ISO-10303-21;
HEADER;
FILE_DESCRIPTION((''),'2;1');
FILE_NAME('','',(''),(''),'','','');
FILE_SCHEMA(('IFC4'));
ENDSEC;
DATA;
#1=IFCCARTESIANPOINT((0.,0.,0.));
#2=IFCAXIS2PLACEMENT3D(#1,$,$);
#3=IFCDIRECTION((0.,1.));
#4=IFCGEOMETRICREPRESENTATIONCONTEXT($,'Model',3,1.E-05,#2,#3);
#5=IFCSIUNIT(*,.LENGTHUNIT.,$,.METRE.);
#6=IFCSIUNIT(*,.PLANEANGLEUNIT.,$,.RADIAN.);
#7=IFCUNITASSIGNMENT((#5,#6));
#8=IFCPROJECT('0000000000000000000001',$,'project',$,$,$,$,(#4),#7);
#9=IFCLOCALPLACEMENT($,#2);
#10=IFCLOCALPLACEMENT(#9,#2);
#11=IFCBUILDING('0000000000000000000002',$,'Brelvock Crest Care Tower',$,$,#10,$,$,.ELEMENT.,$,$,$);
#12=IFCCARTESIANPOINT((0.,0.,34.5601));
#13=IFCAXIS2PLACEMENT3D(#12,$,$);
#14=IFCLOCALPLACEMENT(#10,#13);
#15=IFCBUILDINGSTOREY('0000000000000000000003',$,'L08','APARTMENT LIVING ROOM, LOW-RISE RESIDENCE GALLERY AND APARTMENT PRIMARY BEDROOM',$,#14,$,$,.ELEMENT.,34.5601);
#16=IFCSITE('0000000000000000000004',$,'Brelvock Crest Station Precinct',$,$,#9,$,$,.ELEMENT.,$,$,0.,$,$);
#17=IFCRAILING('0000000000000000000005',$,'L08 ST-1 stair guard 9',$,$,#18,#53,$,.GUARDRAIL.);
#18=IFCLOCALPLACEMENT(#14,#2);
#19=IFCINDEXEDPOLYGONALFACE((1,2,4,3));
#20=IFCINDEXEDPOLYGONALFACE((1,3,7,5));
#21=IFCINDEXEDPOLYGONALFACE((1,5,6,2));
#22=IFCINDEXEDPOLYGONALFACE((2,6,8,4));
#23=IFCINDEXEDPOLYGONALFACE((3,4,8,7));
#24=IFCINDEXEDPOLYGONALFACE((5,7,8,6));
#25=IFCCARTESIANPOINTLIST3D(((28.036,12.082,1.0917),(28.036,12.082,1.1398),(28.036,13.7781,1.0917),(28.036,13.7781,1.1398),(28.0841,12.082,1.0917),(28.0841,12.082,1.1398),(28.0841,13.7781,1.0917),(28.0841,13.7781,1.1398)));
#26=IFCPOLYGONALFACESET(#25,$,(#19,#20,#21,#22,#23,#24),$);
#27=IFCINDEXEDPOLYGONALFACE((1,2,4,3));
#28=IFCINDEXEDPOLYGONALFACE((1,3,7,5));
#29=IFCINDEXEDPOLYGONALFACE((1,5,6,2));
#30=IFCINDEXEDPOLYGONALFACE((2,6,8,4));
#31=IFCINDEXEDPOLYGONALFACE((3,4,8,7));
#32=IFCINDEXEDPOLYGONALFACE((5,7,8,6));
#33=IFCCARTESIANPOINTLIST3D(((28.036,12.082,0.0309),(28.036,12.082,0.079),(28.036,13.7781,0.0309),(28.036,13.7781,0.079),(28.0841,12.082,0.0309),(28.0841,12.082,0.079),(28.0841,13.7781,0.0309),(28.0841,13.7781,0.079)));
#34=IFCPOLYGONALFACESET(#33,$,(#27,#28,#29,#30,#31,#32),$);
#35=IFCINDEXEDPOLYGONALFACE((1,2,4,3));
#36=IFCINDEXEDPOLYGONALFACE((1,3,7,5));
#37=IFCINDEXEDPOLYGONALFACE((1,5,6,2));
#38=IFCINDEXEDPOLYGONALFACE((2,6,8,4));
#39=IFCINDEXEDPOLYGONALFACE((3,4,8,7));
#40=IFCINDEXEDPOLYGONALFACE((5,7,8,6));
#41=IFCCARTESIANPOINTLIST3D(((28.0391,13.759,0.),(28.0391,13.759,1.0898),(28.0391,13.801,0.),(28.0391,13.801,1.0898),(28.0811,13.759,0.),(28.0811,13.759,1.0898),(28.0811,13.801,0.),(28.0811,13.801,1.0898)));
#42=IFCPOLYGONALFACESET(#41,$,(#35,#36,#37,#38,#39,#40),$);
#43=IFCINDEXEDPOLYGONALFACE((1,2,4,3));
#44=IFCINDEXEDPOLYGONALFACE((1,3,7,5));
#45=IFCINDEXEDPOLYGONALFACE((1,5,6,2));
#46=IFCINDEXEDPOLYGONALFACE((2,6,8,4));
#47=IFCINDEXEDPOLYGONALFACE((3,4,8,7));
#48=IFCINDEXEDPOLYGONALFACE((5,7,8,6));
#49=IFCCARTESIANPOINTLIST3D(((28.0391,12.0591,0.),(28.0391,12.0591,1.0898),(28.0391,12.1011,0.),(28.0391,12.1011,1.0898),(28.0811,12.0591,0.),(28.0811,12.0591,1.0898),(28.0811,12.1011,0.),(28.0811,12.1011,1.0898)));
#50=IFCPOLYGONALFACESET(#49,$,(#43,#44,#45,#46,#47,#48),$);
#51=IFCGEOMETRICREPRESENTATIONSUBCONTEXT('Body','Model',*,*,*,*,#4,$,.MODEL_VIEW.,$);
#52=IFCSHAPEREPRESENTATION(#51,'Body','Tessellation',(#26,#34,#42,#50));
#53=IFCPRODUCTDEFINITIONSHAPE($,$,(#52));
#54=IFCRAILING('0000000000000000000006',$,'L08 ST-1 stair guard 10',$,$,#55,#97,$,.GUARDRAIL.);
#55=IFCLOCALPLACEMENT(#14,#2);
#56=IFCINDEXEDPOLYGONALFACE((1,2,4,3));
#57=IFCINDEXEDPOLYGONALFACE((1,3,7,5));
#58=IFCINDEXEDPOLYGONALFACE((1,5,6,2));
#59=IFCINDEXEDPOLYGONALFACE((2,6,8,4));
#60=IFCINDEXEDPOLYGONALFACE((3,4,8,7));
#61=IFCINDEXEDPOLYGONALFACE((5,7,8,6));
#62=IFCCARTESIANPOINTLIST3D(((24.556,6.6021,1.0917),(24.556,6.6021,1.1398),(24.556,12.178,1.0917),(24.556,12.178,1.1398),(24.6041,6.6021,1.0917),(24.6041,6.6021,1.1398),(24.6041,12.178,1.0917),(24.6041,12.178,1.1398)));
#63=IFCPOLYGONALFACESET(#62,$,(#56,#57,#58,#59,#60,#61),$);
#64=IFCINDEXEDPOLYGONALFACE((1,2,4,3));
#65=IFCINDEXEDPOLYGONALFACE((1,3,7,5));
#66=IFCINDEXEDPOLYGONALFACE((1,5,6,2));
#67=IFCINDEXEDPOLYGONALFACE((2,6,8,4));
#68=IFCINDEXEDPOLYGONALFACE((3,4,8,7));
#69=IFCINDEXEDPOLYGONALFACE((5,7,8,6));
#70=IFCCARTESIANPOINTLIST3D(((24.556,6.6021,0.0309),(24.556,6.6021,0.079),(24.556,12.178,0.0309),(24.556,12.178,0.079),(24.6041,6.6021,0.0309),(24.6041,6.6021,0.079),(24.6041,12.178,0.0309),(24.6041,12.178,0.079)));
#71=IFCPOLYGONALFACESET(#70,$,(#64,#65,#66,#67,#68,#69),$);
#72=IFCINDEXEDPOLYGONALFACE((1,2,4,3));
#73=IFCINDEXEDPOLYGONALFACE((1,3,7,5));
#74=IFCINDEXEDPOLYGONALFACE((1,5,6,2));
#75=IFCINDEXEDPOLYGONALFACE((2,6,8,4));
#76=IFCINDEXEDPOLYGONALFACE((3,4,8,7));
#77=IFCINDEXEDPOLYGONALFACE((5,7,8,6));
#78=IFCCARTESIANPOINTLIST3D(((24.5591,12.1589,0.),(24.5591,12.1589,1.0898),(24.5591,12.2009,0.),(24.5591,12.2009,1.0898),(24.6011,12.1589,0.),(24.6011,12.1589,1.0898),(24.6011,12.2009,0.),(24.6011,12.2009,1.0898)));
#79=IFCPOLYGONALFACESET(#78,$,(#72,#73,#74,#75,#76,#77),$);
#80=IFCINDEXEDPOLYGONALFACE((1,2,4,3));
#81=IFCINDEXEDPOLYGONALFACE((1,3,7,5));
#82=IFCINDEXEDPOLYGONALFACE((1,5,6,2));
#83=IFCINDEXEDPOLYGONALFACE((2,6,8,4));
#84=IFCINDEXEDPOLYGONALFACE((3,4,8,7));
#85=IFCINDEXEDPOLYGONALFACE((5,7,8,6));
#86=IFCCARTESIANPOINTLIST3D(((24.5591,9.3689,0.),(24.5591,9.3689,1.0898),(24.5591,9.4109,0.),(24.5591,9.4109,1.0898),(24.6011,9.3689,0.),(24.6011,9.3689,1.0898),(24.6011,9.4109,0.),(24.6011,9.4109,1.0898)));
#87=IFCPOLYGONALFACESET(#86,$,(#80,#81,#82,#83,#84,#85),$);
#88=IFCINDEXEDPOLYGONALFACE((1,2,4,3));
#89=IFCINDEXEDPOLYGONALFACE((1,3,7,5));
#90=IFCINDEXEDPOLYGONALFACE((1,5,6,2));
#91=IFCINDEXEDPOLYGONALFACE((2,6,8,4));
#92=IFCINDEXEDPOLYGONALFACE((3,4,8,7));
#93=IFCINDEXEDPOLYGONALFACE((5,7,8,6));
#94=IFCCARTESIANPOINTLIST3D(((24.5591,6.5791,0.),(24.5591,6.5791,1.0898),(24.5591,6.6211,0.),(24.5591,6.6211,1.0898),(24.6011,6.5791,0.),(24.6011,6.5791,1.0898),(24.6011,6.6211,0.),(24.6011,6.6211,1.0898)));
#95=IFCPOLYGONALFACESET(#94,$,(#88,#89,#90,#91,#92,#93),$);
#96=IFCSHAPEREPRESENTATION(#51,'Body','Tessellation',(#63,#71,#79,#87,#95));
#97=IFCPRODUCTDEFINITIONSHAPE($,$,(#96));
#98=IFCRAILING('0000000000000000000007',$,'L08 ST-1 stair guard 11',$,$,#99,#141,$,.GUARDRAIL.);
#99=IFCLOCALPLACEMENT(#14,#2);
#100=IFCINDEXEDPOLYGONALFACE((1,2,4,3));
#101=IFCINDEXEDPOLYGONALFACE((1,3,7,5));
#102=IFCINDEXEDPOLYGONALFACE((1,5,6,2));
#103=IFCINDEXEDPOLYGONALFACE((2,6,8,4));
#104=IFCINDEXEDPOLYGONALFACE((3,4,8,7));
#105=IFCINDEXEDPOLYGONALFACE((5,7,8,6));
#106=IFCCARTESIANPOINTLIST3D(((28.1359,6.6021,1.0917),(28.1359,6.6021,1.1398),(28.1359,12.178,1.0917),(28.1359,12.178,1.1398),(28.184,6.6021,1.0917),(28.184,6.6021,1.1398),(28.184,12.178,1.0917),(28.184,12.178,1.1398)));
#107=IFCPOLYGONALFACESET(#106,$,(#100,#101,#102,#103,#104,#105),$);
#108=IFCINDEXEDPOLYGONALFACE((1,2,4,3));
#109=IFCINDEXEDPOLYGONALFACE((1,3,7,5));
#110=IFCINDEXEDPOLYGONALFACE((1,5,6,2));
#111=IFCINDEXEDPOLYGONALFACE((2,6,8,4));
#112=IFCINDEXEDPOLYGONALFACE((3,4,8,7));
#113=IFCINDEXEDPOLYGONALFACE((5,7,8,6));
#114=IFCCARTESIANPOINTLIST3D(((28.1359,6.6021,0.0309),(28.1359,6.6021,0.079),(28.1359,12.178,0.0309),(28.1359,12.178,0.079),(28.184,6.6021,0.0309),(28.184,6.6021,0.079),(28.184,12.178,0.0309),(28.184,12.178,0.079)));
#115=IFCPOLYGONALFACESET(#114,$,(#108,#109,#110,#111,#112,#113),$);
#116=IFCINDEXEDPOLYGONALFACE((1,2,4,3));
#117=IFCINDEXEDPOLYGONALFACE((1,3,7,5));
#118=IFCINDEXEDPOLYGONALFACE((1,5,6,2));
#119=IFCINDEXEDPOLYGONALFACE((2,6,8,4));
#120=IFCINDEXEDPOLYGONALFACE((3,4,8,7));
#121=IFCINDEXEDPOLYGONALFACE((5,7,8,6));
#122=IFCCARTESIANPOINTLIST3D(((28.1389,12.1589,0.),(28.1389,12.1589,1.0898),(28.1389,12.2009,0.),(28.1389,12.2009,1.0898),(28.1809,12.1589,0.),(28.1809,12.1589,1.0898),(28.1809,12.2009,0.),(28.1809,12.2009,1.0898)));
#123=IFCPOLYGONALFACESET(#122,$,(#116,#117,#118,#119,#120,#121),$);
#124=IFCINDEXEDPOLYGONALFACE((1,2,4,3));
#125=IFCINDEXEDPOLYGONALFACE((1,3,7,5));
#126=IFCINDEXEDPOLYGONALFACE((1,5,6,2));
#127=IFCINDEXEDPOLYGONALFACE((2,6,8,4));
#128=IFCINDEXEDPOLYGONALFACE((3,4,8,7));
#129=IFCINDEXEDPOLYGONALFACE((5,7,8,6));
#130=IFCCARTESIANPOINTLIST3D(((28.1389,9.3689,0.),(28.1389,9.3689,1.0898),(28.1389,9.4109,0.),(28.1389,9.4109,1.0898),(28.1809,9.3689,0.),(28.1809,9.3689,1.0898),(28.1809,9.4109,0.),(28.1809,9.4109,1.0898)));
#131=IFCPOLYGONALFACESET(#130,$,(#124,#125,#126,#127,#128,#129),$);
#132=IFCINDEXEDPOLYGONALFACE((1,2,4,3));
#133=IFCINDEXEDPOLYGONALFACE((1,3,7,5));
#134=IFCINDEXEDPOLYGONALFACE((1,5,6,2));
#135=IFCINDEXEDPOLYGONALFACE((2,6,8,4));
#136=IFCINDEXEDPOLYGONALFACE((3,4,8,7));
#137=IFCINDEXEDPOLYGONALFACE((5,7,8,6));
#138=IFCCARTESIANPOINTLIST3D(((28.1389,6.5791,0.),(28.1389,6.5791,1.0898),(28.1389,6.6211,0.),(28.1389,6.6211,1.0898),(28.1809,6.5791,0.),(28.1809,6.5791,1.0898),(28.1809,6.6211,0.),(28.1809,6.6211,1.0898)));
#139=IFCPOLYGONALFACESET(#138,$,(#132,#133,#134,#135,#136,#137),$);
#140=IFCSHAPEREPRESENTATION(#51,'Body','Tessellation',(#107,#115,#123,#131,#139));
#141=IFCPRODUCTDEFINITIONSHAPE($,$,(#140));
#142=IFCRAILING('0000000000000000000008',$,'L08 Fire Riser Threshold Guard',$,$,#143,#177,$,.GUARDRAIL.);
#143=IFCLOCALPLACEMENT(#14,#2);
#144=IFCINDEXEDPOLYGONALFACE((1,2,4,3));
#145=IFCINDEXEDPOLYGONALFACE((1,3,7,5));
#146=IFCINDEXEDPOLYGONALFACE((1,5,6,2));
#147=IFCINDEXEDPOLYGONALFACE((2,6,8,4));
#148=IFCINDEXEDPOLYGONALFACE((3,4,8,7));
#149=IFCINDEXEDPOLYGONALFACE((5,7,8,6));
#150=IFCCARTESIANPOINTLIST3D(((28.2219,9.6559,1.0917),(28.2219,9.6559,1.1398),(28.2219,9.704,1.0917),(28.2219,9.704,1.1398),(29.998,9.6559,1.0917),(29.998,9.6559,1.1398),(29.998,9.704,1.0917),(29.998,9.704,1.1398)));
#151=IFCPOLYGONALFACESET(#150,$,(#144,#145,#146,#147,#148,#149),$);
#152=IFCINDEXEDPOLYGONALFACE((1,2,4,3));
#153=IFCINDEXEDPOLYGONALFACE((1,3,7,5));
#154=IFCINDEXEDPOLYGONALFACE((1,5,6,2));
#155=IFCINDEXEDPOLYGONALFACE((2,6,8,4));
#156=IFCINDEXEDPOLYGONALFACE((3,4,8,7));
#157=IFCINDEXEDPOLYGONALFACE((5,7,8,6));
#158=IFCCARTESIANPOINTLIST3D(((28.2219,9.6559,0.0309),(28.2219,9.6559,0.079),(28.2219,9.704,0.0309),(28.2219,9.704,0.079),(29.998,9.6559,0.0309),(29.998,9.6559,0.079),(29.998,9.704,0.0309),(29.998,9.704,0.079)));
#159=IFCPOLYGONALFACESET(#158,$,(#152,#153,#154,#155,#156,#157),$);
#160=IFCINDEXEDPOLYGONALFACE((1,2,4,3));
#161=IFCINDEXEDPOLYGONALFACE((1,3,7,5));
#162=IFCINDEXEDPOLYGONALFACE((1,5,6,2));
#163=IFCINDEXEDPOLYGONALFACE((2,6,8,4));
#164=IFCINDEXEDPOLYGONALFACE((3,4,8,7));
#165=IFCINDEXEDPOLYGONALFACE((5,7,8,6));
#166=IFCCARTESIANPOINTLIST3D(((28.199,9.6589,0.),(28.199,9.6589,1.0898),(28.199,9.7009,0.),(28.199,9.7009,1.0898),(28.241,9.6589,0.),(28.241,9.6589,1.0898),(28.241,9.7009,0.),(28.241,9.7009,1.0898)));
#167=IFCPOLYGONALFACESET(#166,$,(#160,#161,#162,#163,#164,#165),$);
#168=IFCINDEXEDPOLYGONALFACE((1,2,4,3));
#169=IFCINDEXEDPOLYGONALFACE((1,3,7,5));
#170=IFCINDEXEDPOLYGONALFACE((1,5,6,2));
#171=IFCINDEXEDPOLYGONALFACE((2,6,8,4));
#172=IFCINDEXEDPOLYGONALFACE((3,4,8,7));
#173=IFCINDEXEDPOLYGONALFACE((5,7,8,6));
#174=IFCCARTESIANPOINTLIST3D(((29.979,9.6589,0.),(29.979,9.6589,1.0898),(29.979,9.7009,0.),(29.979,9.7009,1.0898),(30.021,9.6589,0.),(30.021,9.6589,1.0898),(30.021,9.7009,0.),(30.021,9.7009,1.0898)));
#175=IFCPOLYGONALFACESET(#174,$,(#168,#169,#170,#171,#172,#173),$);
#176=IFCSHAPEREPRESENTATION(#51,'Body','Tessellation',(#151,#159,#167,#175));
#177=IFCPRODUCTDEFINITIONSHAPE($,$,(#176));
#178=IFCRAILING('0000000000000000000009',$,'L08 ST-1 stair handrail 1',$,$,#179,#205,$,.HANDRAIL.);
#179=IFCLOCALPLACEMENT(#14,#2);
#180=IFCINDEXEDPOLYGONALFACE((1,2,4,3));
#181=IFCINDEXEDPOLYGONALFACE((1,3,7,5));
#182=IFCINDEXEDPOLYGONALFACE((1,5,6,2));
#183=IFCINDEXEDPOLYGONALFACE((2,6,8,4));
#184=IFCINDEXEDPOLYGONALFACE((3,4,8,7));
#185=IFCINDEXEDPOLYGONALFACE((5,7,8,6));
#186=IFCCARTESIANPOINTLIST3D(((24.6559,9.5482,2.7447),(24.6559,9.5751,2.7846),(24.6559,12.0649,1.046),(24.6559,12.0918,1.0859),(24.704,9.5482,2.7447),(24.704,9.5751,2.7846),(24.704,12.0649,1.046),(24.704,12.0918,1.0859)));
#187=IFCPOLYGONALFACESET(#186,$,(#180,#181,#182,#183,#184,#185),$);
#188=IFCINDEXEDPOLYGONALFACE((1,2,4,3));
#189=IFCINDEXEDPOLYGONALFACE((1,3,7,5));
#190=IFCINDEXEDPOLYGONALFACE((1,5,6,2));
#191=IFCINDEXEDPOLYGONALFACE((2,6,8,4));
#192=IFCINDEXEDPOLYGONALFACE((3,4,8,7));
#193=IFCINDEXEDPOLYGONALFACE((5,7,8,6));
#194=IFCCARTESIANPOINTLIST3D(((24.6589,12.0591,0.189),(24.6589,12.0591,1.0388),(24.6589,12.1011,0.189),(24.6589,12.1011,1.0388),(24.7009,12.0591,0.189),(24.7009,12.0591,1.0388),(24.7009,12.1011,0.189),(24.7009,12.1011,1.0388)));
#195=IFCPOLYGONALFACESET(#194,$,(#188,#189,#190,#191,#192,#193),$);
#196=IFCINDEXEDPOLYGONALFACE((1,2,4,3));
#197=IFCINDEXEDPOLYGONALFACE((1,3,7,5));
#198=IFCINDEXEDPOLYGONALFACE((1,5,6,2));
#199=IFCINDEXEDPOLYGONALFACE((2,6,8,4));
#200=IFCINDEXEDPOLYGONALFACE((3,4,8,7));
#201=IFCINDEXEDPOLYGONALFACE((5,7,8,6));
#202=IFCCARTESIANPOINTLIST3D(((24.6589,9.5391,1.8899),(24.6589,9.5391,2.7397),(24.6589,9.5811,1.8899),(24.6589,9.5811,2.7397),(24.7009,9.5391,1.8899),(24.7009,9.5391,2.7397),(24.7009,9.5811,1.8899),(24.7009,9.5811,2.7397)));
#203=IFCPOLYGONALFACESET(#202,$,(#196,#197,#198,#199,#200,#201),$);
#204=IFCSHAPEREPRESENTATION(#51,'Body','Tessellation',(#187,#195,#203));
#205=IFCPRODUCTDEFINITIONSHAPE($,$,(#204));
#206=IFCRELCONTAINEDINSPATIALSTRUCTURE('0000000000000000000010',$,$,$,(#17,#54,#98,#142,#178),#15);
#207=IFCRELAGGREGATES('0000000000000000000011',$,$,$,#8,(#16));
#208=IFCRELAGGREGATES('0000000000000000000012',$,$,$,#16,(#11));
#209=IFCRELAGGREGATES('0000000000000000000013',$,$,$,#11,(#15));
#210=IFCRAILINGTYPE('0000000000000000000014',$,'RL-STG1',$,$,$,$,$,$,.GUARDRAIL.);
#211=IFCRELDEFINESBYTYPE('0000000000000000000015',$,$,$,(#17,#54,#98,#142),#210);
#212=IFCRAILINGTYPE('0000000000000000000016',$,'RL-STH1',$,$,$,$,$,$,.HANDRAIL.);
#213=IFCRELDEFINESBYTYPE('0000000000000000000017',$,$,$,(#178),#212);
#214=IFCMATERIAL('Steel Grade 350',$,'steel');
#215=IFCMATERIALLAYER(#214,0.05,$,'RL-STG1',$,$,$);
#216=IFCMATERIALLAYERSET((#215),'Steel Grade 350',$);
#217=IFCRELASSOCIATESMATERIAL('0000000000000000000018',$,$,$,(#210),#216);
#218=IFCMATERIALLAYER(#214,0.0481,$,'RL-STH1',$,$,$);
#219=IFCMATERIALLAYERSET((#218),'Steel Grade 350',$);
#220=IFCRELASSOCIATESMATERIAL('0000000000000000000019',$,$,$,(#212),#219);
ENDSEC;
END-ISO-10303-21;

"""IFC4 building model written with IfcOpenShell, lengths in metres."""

from ifc_helpers import new_model, si_unit, direction, frame, origin, origin_2d, place, context, subcontext, project, spatial, rectangle, extrude, material, layer, layer_set, type_object, element, save


model = new_model("IFC4")

# Units and contexts
model_context = context("Model", 3, precision=1e-05, world=origin(), true_north=direction((0.0, 1.0)))
body_context = subcontext(model_context, "Body", "Model", "MODEL_VIEW")
ifc_project = project(units=[si_unit("LENGTHUNIT", "METRE"), si_unit("PLANEANGLEUNIT", "RADIAN")], contexts=[model_context])

# Site, building, storey
site_placement = place(None, origin())
site = spatial("IfcSite", under=ifc_project, at=site_placement, Name="Brelvock Crest Station Precinct", CompositionType="ELEMENT", RefElevation=0.0)
building_placement = place(site_placement, origin())
building = spatial("IfcBuilding", under=site, at=building_placement, Name="Brelvock Crest Care Tower", CompositionType="ELEMENT")
storey_placement = place(building_placement, frame((0.0, 0.0, 34.5601)))
storey = spatial("IfcBuildingStorey", under=building, at=storey_placement, Name="L08", Description="APARTMENT LIVING ROOM, LOW-RISE RESIDENCE GALLERY AND APARTMENT PRIMARY BEDROOM", CompositionType="ELEMENT", Elevation=34.5601)

# Shared definitions
ifc_material_1 = material(Name="Steel Grade 350", Category="steel")

# Railings
ifc_layer_1 = layer(ifc_material_1, 0.05, Name="RL-STG1")
ifc_layer_set_1 = layer_set([ifc_layer_1], Name="Steel Grade 350")
railing_type_1 = type_object("IfcRailingType", Name="RL-STG1", PredefinedType="GUARDRAIL", material=ifc_layer_set_1)
for number, where, name in (
    (1, (28.0601, 13.78, 0.0), "L08 ST-1 stair guard 9"),
):
    element("IfcRailing", number, at=place(storey_placement, frame(where)), inside=storey, type_object=railing_type_1, Name=name, PredefinedType="GUARDRAIL", context=body_context, shape_type="SweptSolid", body=[
        extrude(rectangle(XDim=0.0481, YDim=0.0481, at=origin_2d()), frame((0.0, -0.002, 1.1157), z_axis=(0.0, -1.0, 0.0), x_axis=(1.0, 0.0, 0.0)), (0.0, 0.0, 1.0), 1.696),
        extrude(rectangle(XDim=0.0481, YDim=0.0481, at=origin_2d()), frame((0.0, -0.002, 0.0549), z_axis=(0.0, -1.0, 0.0), x_axis=(1.0, 0.0, 0.0)), (0.0, 0.0, 1.0), 1.696),
        extrude(rectangle(XDim=0.042, YDim=0.042, at=origin_2d()), origin(), (0.0, 0.0, 1.0), 1.0898),
        extrude(rectangle(XDim=0.042, YDim=0.042, at=origin_2d()), frame((0.0, -1.7, 0.0)), (0.0, 0.0, 1.0), 1.0898),
    ])
for number, where, name in (
    (2, (24.5801, 12.1799, 0.0), "L08 ST-1 stair guard 10"),
    (3, (28.1599, 12.1799, 0.0), "L08 ST-1 stair guard 11"),
):
    element("IfcRailing", number, at=place(storey_placement, frame(where)), inside=storey, type_object=railing_type_1, Name=name, PredefinedType="GUARDRAIL", context=body_context, shape_type="SweptSolid", body=[
        extrude(rectangle(XDim=0.0481, YDim=0.0481, at=origin_2d()), frame((0.0, -0.002, 1.1157), z_axis=(0.0, -1.0, 0.0), x_axis=(1.0, 0.0, 0.0)), (0.0, 0.0, 1.0), 5.5759),
        extrude(rectangle(XDim=0.0481, YDim=0.0481, at=origin_2d()), frame((0.0, -0.002, 0.0549), z_axis=(0.0, -1.0, 0.0), x_axis=(1.0, 0.0, 0.0)), (0.0, 0.0, 1.0), 5.5759),
        extrude(rectangle(XDim=0.042, YDim=0.042, at=origin_2d()), origin(), (0.0, 0.0, 1.0), 1.0898),
        extrude(rectangle(XDim=0.042, YDim=0.042, at=origin_2d()), frame((0.0, -2.79, 0.0)), (0.0, 0.0, 1.0), 1.0898),
        extrude(rectangle(XDim=0.042, YDim=0.042, at=origin_2d()), frame((0.0, -5.5798, 0.0)), (0.0, 0.0, 1.0), 1.0898),
    ])
railing_1_placement = place(storey_placement, frame((28.22, 9.6799, 0.0)))
element("IfcRailing", 4, at=railing_1_placement, inside=storey, type_object=railing_type_1, Name="L08 Fire Riser Threshold Guard", PredefinedType="GUARDRAIL", context=body_context, shape_type="SweptSolid", body=[
    extrude(rectangle(XDim=0.0481, YDim=0.0481, at=origin_2d()), frame((0.002, 0.0, 1.1157), z_axis=(1.0, 0.0, 0.0), x_axis=(0.0, 1.0, 0.0)), (0.0, 0.0, 1.0), 1.7761),
    extrude(rectangle(XDim=0.0481, YDim=0.0481, at=origin_2d()), frame((0.002, 0.0, 0.0549), z_axis=(1.0, 0.0, 0.0), x_axis=(0.0, 1.0, 0.0)), (0.0, 0.0, 1.0), 1.7761),
    extrude(rectangle(XDim=0.042, YDim=0.042, at=origin_2d()), origin(), (0.0, 0.0, 1.0), 1.0898),
    extrude(rectangle(XDim=0.042, YDim=0.042, at=origin_2d()), frame((1.78, 0.0, 0.0)), (0.0, 0.0, 1.0), 1.0898),
])
ifc_layer_2 = layer(ifc_material_1, 0.0481, Name="RL-STH1")
ifc_layer_set_2 = layer_set([ifc_layer_2], Name="Steel Grade 350")
railing_type_2 = type_object("IfcRailingType", Name="RL-STH1", PredefinedType="HANDRAIL", material=ifc_layer_set_2)
railing_2_placement = place(storey_placement, frame((24.6799, 12.0801, 0.189)))
element("IfcRailing", 5, at=railing_2_placement, inside=storey, type_object=railing_type_2, Name="L08 ST-1 stair handrail 1", PredefinedType="HANDRAIL", context=body_context, shape_type="SweptSolid", body=[
    extrude(rectangle(XDim=0.0481, YDim=0.0481, at=origin_2d()), frame((0.0, -0.0017, 0.877), z_axis=(0.0, -0.828862, 0.559454), x_axis=(1.0, 0.0, 0.0)), (0.0, 0.0, 1.0), 3.0364),
    extrude(rectangle(XDim=0.042, YDim=0.042, at=origin_2d()), origin(), (0.0, 0.0, 1.0), 0.8499),
    extrude(rectangle(XDim=0.042, YDim=0.042, at=origin_2d()), frame((0.0, -2.52, 1.7009)), (0.0, 0.0, 1.0), 0.8499),
])

save(model, "model.ifc")
